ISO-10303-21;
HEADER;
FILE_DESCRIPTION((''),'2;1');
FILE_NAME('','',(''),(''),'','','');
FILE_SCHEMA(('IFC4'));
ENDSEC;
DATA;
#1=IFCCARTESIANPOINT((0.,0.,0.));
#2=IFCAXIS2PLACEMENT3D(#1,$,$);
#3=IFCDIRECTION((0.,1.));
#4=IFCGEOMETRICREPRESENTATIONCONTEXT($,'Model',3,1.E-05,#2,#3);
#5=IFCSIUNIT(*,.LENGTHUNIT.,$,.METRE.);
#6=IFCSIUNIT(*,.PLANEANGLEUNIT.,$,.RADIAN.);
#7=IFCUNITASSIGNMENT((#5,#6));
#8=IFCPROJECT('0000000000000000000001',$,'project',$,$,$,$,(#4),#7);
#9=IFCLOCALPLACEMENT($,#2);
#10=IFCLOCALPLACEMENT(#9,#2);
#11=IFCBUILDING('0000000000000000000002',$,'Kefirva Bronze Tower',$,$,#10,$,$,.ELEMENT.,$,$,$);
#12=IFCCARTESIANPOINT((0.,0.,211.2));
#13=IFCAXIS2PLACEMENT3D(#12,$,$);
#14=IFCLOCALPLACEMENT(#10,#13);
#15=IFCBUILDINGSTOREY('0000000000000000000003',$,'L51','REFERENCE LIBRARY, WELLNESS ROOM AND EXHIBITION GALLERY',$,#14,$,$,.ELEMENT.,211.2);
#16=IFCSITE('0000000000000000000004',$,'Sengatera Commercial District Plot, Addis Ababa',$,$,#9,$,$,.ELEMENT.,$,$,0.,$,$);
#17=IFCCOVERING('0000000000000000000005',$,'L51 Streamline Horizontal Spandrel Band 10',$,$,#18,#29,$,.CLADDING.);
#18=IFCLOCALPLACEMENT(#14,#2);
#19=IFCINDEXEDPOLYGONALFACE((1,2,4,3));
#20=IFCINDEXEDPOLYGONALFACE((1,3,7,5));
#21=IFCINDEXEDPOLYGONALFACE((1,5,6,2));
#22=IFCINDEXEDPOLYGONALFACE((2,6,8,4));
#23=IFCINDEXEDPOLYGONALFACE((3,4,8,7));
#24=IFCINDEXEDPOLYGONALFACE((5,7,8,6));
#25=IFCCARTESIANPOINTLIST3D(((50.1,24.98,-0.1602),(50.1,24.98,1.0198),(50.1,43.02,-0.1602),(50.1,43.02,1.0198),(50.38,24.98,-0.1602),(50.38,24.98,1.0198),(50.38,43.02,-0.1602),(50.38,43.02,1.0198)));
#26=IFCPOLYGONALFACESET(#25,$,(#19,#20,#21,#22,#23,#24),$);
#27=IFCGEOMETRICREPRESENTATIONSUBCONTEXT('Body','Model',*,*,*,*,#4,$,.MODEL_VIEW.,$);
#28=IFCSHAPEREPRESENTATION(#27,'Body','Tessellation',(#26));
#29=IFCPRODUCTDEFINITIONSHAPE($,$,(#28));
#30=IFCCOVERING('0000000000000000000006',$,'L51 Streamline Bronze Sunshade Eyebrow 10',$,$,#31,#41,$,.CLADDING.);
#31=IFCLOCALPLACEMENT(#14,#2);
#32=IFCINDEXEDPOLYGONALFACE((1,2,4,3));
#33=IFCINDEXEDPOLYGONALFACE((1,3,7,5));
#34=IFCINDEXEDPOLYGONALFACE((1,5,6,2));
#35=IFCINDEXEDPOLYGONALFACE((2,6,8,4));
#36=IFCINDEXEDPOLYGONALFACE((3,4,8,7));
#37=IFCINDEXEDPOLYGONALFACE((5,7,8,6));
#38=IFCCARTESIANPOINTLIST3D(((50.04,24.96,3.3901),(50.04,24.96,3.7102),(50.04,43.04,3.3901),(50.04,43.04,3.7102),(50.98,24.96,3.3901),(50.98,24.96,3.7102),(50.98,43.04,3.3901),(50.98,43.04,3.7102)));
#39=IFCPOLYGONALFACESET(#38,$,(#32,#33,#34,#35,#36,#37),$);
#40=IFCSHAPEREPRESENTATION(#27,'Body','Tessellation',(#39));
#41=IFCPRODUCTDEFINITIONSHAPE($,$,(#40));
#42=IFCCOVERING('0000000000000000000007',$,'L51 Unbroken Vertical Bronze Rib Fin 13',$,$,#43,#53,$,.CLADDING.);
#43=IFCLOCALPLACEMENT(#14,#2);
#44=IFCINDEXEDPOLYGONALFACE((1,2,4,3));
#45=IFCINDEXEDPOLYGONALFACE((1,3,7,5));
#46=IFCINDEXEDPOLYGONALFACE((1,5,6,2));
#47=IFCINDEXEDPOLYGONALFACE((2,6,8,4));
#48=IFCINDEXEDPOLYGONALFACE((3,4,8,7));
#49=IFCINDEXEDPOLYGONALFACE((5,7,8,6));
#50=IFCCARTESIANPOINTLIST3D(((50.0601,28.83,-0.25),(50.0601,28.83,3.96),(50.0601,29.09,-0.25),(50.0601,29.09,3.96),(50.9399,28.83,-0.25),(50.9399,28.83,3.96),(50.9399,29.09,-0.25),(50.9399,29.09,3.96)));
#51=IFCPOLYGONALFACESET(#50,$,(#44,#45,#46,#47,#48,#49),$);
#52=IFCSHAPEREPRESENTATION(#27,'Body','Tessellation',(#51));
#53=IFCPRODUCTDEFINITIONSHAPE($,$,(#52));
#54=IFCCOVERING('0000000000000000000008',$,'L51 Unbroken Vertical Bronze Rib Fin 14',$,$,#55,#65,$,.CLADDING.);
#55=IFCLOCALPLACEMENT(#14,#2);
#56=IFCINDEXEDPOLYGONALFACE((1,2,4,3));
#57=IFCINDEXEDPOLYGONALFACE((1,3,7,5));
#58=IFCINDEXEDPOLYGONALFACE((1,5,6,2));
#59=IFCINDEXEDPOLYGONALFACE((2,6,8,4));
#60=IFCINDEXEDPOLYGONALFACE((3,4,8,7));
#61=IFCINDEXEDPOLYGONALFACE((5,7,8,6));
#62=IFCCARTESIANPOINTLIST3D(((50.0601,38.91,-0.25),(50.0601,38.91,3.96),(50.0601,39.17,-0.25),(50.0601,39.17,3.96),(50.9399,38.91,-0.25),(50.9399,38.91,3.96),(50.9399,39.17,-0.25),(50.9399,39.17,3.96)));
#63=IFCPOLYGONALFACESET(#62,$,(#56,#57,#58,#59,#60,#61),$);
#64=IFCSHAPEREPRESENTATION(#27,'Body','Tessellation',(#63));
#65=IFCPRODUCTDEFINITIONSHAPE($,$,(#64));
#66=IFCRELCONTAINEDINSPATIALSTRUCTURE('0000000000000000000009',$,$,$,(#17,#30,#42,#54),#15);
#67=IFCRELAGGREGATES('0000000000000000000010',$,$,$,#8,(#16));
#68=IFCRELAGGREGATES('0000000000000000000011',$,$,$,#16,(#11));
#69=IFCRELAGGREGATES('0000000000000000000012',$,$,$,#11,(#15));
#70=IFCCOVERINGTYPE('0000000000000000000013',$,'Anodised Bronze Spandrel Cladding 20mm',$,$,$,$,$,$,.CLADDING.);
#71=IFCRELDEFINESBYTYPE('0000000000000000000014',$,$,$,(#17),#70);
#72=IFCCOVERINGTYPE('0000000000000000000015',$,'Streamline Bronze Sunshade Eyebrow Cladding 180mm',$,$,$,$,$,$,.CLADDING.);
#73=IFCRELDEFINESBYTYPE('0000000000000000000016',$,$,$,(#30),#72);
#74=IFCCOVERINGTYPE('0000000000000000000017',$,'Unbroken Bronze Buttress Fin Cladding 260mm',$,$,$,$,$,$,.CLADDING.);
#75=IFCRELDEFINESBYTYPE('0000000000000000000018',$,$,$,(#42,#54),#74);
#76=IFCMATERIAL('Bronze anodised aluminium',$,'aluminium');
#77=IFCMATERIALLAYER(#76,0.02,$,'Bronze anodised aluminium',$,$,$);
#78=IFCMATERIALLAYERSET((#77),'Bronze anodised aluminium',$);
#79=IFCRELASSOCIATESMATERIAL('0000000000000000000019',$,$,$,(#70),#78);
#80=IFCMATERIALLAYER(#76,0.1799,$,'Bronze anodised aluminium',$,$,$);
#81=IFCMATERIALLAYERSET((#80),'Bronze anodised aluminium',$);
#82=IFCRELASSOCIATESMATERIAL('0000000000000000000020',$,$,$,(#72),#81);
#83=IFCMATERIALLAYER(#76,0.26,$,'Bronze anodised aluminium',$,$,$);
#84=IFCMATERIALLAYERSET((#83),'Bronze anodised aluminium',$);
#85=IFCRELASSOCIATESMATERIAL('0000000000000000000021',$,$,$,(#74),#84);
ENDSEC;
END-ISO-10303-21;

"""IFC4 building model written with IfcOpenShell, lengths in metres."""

from ifc_helpers import new_model, si_unit, direction, frame, origin, origin_2d, place, context, subcontext, project, spatial, rectangle, extrude, material, layer, layer_set, type_object, element, save


model = new_model("IFC4")

# Units and contexts
model_context = context("Model", 3, precision=1e-05, world=origin(), true_north=direction((0.0, 1.0)))
body_context = subcontext(model_context, "Body", "Model", "MODEL_VIEW")
ifc_project = project(units=[si_unit("LENGTHUNIT", "METRE"), si_unit("PLANEANGLEUNIT", "RADIAN")], contexts=[model_context])

# Site, building, storey
site_placement = place(None, origin())
site = spatial("IfcSite", under=ifc_project, at=site_placement, Name="Sengatera Commercial District Plot, Addis Ababa", CompositionType="ELEMENT", RefElevation=0.0)
building_placement = place(site_placement, origin())
building = spatial("IfcBuilding", under=site, at=building_placement, Name="Kefirva Bronze Tower", CompositionType="ELEMENT")
storey_placement = place(building_placement, frame((0.0, 0.0, 211.2)))
storey = spatial("IfcBuildingStorey", under=building, at=storey_placement, Name="L51", Description="REFERENCE LIBRARY, WELLNESS ROOM AND EXHIBITION GALLERY", CompositionType="ELEMENT", Elevation=211.2)

# Shared definitions
ifc_material_1 = material(Name="Bronze anodised aluminium", Category="aluminium")

# Coverings
ifc_layer_1 = layer(ifc_material_1, 0.02, Name="Bronze anodised aluminium")
ifc_layer_set_1 = layer_set([ifc_layer_1], Name="Bronze anodised aluminium")
covering_type_1 = type_object("IfcCoveringType", Name="Anodised Bronze Spandrel Cladding 20mm", PredefinedType="CLADDING", material=ifc_layer_set_1)
covering_1_placement = place(storey_placement, frame((50.24, 34.0, -0.1602), z_axis=(0.0, 0.0, 1.0), x_axis=(0.0, 1.0, 0.0)))
element("IfcCovering", 1, at=covering_1_placement, inside=storey, type_object=covering_type_1, Name="L51 Streamline Horizontal Spandrel Band 10", PredefinedType="CLADDING", context=body_context, shape_type="SweptSolid", body=[
    extrude(rectangle(XDim=18.04, YDim=0.28, at=origin_2d()), origin(), (0.0, 0.0, 1.0), 1.1799),
])
ifc_layer_2 = layer(ifc_material_1, 0.1799, Name="Bronze anodised aluminium")
ifc_layer_set_2 = layer_set([ifc_layer_2], Name="Bronze anodised aluminium")
covering_type_2 = type_object("IfcCoveringType", Name="Streamline Bronze Sunshade Eyebrow Cladding 180mm", PredefinedType="CLADDING", material=ifc_layer_set_2)
covering_2_placement = place(storey_placement, frame((50.51, 34.0, 3.3901), z_axis=(0.0, 0.0, 1.0), x_axis=(0.0, 1.0, 0.0)))
element("IfcCovering", 2, at=covering_2_placement, inside=storey, type_object=covering_type_2, Name="L51 Streamline Bronze Sunshade Eyebrow 10", PredefinedType="CLADDING", context=body_context, shape_type="SweptSolid", body=[
    extrude(rectangle(XDim=18.0801, YDim=0.9399, at=origin_2d()), origin(), (0.0, 0.0, 1.0), 0.3201),
])
ifc_layer_3 = layer(ifc_material_1, 0.26, Name="Bronze anodised aluminium")
ifc_layer_set_3 = layer_set([ifc_layer_3], Name="Bronze anodised aluminium")
covering_type_3 = type_object("IfcCoveringType", Name="Unbroken Bronze Buttress Fin Cladding 260mm", PredefinedType="CLADDING", material=ifc_layer_set_3)
for number, where, z_axis, x_axis, name in (
    (3, (50.5, 28.96, -0.25), (0.0, 0.0, 1.0), (0.0, 1.0, 0.0), "L51 Unbroken Vertical Bronze Rib Fin 13"),
    (4, (50.5, 39.04, -0.25), (0.0, 0.0, 1.0), (0.0, 1.0, 0.0), "L51 Unbroken Vertical Bronze Rib Fin 14"),
):
    element("IfcCovering", number, at=place(storey_placement, frame(where, z_axis=z_axis, x_axis=x_axis)), inside=storey, type_object=covering_type_3, Name=name, PredefinedType="CLADDING", context=body_context, shape_type="SweptSolid", body=[
        extrude(rectangle(XDim=0.26, YDim=0.8799, at=origin_2d()), origin(), (0.0, 0.0, 1.0), 4.21),
    ])

save(model, "model.ifc")
